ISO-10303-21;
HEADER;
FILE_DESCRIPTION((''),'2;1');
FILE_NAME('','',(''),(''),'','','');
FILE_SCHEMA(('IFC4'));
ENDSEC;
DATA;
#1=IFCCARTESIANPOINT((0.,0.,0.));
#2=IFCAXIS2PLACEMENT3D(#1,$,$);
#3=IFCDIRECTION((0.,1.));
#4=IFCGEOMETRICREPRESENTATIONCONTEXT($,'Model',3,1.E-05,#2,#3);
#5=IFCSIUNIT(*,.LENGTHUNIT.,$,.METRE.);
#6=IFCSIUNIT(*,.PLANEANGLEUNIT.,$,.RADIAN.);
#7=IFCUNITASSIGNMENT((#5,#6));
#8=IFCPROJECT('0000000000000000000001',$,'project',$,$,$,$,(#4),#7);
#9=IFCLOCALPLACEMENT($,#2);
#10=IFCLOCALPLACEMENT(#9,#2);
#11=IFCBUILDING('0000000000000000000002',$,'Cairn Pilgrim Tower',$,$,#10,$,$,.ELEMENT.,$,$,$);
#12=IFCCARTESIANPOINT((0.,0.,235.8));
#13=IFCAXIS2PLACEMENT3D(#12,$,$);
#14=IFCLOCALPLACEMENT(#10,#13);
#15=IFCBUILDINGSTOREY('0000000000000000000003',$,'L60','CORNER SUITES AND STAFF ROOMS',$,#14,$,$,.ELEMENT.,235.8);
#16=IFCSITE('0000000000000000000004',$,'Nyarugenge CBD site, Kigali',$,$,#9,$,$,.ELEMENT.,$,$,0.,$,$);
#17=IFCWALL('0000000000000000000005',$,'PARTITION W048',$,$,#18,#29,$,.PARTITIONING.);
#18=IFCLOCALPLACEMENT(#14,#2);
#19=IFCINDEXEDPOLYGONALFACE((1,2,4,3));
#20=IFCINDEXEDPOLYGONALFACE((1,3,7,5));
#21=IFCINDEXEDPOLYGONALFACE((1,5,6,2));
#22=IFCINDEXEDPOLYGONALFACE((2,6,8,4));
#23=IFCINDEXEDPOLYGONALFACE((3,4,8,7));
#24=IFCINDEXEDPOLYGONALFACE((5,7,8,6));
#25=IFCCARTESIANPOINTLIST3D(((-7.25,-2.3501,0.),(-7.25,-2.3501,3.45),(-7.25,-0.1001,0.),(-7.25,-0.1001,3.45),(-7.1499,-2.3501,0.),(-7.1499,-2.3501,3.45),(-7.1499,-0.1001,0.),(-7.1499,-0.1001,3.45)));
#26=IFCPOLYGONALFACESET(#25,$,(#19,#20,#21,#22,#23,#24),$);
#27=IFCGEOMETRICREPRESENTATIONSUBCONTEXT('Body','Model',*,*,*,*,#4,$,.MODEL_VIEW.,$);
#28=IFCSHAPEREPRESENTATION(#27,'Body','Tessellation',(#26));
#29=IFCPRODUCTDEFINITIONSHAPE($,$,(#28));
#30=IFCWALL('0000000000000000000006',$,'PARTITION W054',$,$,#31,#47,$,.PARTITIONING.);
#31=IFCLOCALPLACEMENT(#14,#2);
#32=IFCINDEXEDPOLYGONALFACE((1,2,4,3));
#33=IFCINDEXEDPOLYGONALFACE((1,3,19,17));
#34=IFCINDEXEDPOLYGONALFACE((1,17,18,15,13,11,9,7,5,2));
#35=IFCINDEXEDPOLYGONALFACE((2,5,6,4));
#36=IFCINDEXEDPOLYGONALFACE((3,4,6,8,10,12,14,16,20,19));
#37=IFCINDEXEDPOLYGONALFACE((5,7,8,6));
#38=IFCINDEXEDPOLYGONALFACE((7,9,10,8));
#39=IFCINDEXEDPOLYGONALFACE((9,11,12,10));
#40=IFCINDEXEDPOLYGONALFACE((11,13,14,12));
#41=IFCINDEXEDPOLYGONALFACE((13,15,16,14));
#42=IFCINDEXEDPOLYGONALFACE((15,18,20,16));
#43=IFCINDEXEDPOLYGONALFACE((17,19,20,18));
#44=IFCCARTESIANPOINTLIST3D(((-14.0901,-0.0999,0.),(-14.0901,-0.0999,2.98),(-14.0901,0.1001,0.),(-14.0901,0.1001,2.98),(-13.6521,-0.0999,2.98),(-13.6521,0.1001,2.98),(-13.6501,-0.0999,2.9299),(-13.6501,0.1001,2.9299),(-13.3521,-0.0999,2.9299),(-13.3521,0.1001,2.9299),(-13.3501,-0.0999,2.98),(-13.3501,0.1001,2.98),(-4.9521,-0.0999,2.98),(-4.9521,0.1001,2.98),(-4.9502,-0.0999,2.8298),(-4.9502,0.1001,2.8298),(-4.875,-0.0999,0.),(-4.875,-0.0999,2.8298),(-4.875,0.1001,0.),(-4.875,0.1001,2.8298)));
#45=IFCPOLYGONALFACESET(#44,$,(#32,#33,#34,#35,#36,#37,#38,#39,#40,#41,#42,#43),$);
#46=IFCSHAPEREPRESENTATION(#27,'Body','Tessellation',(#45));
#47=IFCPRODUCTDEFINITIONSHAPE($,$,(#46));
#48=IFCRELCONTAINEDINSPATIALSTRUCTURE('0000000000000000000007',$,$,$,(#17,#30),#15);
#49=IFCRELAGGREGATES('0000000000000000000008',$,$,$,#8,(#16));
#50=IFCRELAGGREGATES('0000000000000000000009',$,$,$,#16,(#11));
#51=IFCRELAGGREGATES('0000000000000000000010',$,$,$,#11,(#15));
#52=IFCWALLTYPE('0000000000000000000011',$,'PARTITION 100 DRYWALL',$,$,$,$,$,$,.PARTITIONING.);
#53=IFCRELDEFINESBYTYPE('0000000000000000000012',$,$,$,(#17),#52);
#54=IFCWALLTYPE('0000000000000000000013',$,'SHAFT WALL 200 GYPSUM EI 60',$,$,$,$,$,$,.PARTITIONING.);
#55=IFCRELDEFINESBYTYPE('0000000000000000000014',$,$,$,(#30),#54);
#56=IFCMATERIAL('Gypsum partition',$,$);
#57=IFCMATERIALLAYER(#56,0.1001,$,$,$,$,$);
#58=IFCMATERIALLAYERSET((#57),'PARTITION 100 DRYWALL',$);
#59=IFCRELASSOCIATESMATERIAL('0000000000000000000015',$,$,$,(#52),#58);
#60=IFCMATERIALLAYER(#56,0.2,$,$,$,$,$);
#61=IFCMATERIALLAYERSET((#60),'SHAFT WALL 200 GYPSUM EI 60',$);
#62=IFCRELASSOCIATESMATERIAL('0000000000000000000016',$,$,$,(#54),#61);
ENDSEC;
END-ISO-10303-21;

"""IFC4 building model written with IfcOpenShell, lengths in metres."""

from ifc_helpers import new_model, si_unit, direction, frame, frame_2d, origin, place, context, subcontext, project, spatial, polyline, rectangle, outline, extrude, material, layer, layer_set, type_object, element, save


model = new_model("IFC4")

# Units and contexts
model_context = context("Model", 3, precision=1e-05, world=origin(), true_north=direction((0.0, 1.0)))
body_context = subcontext(model_context, "Body", "Model", "MODEL_VIEW")
ifc_project = project(units=[si_unit("LENGTHUNIT", "METRE"), si_unit("PLANEANGLEUNIT", "RADIAN")], contexts=[model_context])

# Site, building, storey
site_placement = place(None, origin())
site = spatial("IfcSite", under=ifc_project, at=site_placement, Name="Nyarugenge CBD site, Kigali", CompositionType="ELEMENT", RefElevation=0.0)
building_placement = place(site_placement, origin())
building = spatial("IfcBuilding", under=site, at=building_placement, Name="Cairn Pilgrim Tower", CompositionType="ELEMENT")
storey_placement = place(building_placement, frame((0.0, 0.0, 235.8)))
storey = spatial("IfcBuildingStorey", under=building, at=storey_placement, Name="L60", Description="CORNER SUITES AND STAFF ROOMS", CompositionType="ELEMENT", Elevation=235.8)

# Shared definitions
ifc_material_1 = material(Name="Gypsum partition")
ifc_layer_1 = layer(ifc_material_1, 0.1001)
ifc_layer_set_1 = layer_set([ifc_layer_1], Name="PARTITION 100 DRYWALL")
wall_type_1 = type_object("IfcWallType", Name="PARTITION 100 DRYWALL", PredefinedType="PARTITIONING", material=ifc_layer_set_1)

# Walls
wall_1_placement = place(storey_placement, frame((-7.2, -2.3501, 0.0), z_axis=(0.0, 0.0, 1.0), x_axis=(0.0, 1.0, 0.0)))
element("IfcWall", 1, at=wall_1_placement, inside=storey, type_object=wall_type_1, Name="PARTITION W048", PredefinedType="PARTITIONING", context=body_context, shape_type="SweptSolid", body=[
    extrude(rectangle(XDim=2.25, YDim=0.1001, at=frame_2d((1.125, 0.0))), origin(), (0.0, 0.0, 1.0), 3.45),
])
ifc_layer_2 = layer(ifc_material_1, 0.2)
ifc_layer_set_2 = layer_set([ifc_layer_2], Name="SHAFT WALL 200 GYPSUM EI 60")
wall_type_2 = type_object("IfcWallType", Name="SHAFT WALL 200 GYPSUM EI 60", PredefinedType="PARTITIONING", material=ifc_layer_set_2)
wall_2_placement = place(storey_placement, frame((-14.0901, 0.0, 0.0), z_axis=(0.0, 0.0, 1.0), x_axis=(1.0, 0.0, 0.0)))
element("IfcWall", 2, at=wall_2_placement, inside=storey, type_object=wall_type_2, Name="PARTITION W054", PredefinedType="PARTITIONING", context=body_context, shape_type="SweptSolid", body=[
    extrude(outline(polyline([(0.0, 0.0), (9.2151, 0.0), (9.2151, 2.8298), (9.1399, 2.8298), (9.1379, 2.98), (0.74, 2.98), (0.738, 2.9299), (0.4399, 2.9299), (0.438, 2.98), (0.0, 2.98), (0.0, 0.0)])), frame((0.0, 0.1001, 0.0), z_axis=(0.0, -1.0, 0.0), x_axis=(1.0, 0.0, 0.0)), (0.0, 0.0, 1.0), 0.2),
])

save(model, "model.ifc")
